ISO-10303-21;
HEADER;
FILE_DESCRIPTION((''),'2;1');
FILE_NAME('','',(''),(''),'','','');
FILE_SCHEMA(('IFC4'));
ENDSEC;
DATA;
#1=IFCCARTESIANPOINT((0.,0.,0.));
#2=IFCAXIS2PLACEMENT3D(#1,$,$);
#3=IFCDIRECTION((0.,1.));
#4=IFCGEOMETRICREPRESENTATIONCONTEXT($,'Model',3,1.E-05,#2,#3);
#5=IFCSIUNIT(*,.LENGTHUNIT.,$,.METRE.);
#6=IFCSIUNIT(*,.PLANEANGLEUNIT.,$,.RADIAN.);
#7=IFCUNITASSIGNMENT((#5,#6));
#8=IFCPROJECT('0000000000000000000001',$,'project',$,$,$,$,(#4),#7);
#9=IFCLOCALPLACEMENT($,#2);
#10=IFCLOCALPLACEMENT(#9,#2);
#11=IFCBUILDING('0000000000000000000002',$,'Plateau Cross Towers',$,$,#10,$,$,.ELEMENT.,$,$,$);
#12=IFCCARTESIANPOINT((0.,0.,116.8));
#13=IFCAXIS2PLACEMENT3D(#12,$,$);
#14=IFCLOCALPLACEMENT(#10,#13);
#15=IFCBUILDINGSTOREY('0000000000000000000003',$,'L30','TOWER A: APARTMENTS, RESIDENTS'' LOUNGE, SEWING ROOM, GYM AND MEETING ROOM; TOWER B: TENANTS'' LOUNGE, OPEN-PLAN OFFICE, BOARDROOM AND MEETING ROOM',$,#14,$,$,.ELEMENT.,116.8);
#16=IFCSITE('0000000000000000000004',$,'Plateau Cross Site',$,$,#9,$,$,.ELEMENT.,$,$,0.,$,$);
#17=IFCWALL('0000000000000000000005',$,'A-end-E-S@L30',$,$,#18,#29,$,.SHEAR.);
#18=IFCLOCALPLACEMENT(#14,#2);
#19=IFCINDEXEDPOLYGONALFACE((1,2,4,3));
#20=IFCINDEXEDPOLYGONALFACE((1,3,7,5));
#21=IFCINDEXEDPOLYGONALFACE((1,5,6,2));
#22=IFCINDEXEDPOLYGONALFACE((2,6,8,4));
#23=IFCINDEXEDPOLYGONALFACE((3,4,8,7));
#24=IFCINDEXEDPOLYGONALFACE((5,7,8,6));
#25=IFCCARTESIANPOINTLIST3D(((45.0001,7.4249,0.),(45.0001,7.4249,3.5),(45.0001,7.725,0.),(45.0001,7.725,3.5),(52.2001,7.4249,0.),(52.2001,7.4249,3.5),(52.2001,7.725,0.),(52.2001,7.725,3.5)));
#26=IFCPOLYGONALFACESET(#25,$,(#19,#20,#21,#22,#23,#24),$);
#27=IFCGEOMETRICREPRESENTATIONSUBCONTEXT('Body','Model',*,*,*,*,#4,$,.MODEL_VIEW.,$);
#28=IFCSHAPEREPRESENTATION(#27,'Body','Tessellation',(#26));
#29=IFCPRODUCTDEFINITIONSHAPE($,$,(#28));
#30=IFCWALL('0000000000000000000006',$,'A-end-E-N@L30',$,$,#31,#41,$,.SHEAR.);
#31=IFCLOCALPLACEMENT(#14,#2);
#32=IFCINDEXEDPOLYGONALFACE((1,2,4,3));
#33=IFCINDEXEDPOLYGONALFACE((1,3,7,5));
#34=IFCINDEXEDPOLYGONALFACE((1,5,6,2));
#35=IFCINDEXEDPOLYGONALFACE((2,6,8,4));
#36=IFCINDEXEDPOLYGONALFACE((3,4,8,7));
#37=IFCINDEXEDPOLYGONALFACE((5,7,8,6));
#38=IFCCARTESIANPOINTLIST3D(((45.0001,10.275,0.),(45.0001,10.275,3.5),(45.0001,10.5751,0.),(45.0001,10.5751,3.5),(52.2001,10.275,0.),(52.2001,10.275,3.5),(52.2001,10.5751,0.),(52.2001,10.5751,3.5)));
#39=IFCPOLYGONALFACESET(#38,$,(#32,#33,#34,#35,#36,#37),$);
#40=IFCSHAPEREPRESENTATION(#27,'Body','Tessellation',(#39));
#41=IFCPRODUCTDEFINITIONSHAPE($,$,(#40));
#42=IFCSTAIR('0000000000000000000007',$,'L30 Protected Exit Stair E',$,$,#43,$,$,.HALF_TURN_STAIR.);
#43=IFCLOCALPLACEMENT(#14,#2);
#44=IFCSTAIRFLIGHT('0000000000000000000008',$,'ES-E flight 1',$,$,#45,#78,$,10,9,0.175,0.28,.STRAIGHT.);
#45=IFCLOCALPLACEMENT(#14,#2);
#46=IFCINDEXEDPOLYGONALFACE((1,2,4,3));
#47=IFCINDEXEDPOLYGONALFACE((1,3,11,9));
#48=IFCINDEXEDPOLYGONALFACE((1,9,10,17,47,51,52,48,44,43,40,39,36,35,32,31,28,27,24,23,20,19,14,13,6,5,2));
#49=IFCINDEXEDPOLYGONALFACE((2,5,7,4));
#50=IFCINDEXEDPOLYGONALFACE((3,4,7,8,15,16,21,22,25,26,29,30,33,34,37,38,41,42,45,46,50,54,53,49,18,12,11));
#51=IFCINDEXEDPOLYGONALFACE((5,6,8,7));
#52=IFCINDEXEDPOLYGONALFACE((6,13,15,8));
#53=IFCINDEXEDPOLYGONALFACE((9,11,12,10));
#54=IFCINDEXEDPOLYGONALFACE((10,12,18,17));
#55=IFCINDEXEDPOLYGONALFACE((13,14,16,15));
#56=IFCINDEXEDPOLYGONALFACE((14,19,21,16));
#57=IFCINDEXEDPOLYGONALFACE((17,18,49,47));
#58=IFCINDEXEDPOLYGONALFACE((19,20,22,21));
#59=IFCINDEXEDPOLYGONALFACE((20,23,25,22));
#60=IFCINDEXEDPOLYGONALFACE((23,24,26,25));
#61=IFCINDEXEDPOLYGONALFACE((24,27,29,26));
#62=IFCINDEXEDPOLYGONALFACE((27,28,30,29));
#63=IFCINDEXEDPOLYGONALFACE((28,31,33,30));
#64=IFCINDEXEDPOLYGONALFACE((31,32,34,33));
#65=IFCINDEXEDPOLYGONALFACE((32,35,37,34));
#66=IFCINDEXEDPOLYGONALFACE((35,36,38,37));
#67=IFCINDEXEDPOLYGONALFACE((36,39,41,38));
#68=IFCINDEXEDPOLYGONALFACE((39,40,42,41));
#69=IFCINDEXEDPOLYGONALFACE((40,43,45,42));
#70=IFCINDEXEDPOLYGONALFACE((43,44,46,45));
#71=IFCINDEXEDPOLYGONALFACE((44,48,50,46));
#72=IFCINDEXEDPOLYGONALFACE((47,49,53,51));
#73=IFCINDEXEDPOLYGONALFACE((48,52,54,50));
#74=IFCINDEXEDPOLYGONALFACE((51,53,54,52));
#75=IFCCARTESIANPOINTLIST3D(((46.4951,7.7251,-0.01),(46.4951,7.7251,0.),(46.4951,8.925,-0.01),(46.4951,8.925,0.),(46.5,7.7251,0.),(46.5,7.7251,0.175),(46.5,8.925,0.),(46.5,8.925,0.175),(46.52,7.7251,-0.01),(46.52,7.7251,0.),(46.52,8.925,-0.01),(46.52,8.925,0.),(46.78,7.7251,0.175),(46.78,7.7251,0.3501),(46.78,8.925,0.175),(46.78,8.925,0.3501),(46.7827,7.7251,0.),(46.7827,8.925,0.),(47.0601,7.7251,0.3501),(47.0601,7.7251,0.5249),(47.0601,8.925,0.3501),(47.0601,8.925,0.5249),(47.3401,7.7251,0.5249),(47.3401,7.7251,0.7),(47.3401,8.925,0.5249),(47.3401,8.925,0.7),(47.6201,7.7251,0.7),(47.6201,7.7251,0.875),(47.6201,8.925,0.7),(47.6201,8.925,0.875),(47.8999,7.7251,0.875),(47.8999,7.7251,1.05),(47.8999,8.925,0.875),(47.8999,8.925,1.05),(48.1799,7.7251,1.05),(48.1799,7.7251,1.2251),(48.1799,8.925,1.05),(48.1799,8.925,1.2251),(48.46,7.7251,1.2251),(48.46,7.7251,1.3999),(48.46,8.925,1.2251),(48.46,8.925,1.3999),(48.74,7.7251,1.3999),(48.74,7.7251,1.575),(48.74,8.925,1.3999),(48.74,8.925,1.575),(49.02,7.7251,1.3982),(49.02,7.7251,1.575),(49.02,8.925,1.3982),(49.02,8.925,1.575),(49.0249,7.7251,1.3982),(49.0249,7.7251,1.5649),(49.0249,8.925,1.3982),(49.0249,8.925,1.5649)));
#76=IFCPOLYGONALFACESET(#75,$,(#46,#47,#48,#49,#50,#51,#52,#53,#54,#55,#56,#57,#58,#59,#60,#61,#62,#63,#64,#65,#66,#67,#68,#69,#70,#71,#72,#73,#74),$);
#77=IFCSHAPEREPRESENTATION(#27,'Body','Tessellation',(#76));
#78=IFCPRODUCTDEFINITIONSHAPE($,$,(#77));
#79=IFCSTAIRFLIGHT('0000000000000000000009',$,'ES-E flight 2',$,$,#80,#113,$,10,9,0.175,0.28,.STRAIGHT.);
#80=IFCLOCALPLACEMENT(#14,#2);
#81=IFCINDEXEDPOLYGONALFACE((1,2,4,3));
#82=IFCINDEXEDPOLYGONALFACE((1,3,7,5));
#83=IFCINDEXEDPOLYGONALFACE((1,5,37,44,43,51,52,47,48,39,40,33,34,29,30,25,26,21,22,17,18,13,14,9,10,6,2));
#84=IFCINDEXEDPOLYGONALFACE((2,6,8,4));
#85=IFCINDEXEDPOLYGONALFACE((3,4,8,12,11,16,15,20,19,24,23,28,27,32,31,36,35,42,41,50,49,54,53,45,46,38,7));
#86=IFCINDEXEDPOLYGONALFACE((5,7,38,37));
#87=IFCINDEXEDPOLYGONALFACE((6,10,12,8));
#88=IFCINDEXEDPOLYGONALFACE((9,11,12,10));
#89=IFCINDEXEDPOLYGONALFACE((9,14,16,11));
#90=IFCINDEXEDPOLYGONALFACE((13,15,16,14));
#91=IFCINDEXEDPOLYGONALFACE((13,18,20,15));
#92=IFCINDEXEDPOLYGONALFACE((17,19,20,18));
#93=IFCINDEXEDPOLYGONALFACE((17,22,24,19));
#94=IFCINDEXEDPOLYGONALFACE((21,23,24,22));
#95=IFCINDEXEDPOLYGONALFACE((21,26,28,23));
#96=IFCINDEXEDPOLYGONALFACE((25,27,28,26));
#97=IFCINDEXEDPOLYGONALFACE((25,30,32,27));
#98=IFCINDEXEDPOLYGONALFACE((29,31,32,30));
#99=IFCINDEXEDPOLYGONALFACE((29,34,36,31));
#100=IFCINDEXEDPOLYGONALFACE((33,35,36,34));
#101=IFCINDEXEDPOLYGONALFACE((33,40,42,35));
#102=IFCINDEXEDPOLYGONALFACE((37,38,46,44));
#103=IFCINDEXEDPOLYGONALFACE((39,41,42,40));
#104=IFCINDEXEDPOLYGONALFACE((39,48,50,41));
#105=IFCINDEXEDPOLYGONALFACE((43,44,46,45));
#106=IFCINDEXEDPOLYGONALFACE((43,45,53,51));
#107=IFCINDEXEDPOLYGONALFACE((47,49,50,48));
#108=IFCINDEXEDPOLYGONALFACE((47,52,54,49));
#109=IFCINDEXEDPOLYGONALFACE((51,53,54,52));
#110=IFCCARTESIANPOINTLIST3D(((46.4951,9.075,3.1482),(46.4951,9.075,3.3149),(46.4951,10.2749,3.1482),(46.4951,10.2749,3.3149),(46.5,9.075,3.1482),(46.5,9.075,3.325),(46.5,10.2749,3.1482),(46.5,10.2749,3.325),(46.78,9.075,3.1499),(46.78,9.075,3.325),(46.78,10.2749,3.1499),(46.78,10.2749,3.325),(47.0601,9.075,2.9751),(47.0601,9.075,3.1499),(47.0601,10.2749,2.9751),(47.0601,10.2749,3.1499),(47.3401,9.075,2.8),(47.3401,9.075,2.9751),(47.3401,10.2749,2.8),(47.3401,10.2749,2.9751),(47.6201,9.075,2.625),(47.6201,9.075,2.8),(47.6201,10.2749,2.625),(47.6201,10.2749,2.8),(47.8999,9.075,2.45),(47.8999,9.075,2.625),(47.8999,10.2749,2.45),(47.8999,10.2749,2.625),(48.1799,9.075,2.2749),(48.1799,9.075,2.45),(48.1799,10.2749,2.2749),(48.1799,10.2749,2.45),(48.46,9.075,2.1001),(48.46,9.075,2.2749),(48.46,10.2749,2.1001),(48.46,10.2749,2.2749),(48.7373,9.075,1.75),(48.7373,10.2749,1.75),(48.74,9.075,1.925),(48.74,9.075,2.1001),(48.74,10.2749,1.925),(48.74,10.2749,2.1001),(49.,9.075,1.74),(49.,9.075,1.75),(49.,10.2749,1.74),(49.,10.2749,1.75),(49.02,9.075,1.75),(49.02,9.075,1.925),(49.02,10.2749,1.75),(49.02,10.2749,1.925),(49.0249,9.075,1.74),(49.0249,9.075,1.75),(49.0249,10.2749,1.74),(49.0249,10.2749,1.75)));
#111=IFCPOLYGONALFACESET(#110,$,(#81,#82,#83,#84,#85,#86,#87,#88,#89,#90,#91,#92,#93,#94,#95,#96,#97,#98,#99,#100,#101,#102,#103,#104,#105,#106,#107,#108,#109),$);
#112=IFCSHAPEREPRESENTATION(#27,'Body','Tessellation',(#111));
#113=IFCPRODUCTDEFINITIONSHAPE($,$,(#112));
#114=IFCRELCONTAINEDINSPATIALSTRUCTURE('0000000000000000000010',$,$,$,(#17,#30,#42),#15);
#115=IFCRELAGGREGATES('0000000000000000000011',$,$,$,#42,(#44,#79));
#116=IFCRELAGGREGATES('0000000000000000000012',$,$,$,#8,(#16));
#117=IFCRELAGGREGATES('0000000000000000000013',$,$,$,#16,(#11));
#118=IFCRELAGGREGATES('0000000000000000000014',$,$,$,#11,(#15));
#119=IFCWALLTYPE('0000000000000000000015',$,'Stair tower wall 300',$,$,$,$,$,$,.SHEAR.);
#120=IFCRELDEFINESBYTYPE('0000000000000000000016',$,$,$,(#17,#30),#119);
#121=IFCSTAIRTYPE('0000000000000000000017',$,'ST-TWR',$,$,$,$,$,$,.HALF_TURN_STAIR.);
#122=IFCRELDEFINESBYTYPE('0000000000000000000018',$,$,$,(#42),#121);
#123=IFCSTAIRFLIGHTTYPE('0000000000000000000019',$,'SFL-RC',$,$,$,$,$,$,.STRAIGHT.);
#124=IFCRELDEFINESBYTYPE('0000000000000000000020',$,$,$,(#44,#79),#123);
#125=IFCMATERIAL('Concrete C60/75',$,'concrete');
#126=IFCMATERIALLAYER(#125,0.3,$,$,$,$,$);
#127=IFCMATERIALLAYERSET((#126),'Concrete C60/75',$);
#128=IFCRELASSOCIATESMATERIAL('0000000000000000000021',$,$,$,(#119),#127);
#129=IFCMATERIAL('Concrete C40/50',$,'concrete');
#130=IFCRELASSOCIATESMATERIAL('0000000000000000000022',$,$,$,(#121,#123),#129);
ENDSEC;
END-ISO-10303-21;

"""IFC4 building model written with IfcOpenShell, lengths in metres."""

from ifc_helpers import new_model, si_unit, direction, frame, frame_2d, origin, place, context, subcontext, project, spatial, polyline, rectangle, outline, extrude, material, layer, layer_set, type_object, element, aggregate, save


model = new_model("IFC4")

# Units and contexts
model_context = context("Model", 3, precision=1e-05, world=origin(), true_north=direction((0.0, 1.0)))
body_context = subcontext(model_context, "Body", "Model", "MODEL_VIEW")
ifc_project = project(units=[si_unit("LENGTHUNIT", "METRE"), si_unit("PLANEANGLEUNIT", "RADIAN")], contexts=[model_context])

# Site, building, storey
site_placement = place(None, origin())
site = spatial("IfcSite", under=ifc_project, at=site_placement, Name="Plateau Cross Site", CompositionType="ELEMENT", RefElevation=0.0)
building_placement = place(site_placement, origin())
building = spatial("IfcBuilding", under=site, at=building_placement, Name="Plateau Cross Towers", CompositionType="ELEMENT")
storey_placement = place(building_placement, frame((0.0, 0.0, 116.8)))
storey = spatial("IfcBuildingStorey", under=building, at=storey_placement, Name="L30", Description="TOWER A: APARTMENTS, RESIDENTS' LOUNGE, SEWING ROOM, GYM AND MEETING ROOM; TOWER B: TENANTS' LOUNGE, OPEN-PLAN OFFICE, BOARDROOM AND MEETING ROOM", CompositionType="ELEMENT", Elevation=116.8)

# Shared definitions
ifc_material_1 = material(Name="Concrete C60/75", Category="concrete")
ifc_layer_1 = layer(ifc_material_1, 0.3)
ifc_layer_set_1 = layer_set([ifc_layer_1], Name="Concrete C60/75")
wall_type_1 = type_object("IfcWallType", Name="Stair tower wall 300", PredefinedType="SHEAR", material=ifc_layer_set_1)

# Walls
for number, where, z_axis, x_axis, name in (
    (1, (45.0, 7.575, 0.0), (0.0, 0.0, 1.0), (1.0, 0.0, 0.0), "A-end-E-S@L30"),
    (2, (45.0, 10.425, 0.0), (0.0, 0.0, 1.0), (1.0, 0.0, 0.0), "A-end-E-N@L30"),
):
    element("IfcWall", number, at=place(storey_placement, frame(where, z_axis=z_axis, x_axis=x_axis)), inside=storey, type_object=wall_type_1, Name=name, PredefinedType="SHEAR", context=body_context, shape_type="SweptSolid", body=[
        extrude(rectangle(XDim=7.2, YDim=0.3, at=frame_2d((3.6001, 0.0))), origin(), (0.0, 0.0, 1.0), 3.5),
    ])

# Stair, stair flights
ifc_material_2 = material(Name="Concrete C40/50", Category="concrete")
stair_type = type_object("IfcStairType", Name="ST-TWR", PredefinedType="HALF_TURN_STAIR", material=ifc_material_2)
stair_placement = place(storey_placement, origin())
stair = element("IfcStair", 3, at=stair_placement, inside=storey, type_object=stair_type, Name="L30 Protected Exit Stair E", PredefinedType="HALF_TURN_STAIR")
stair_flight_type = type_object("IfcStairFlightType", Name="SFL-RC", PredefinedType="STRAIGHT", material=ifc_material_2)
stair_flight_1_placement = place(storey_placement, frame((46.5, 8.325, 0.0), z_axis=(0.0, 0.0, 1.0), x_axis=(1.0, 0.0, 0.0)))
stair_flight_1 = element("IfcStairFlight", 4, at=stair_flight_1_placement, type_object=stair_flight_type, Name="ES-E flight 1", NumberOfRisers=10, NumberOfTreads=9, PredefinedType="STRAIGHT", RiserHeight=0.175, TreadLength=0.28, context=body_context, shape_type="SweptSolid", body=[
    extrude(outline(polyline([(-0.0049, -0.01), (-0.0049, 0.0), (0.0, 0.0), (0.0, 0.175), (0.28, 0.175), (0.28, 0.3501), (0.5601, 0.3501), (0.5601, 0.5249), (0.8401, 0.5249), (0.8401, 0.7), (1.1201, 0.7), (1.1201, 0.875), (1.3999, 0.875), (1.3999, 1.05), (1.6799, 1.05), (1.6799, 1.2251), (1.96, 1.2251), (1.96, 1.3999), (2.24, 1.3999), (2.24, 1.575), (2.52, 1.575), (2.5249, 1.5649), (2.5249, 1.3982), (2.52, 1.3982), (0.2827, 0.0), (0.02, 0.0), (0.02, -0.01), (-0.0049, -0.01)])), frame((0.0, 0.6001, 0.0), z_axis=(0.0, -1.0, 0.0), x_axis=(1.0, 0.0, 0.0)), (0.0, 0.0, 1.0), 1.2),
])
stair_flight_2_placement = place(storey_placement, frame((49.02, 9.675, 1.75), z_axis=(0.0, 0.0, 1.0), x_axis=(-1.0, 0.0, 0.0)))
stair_flight_2 = element("IfcStairFlight", 5, at=stair_flight_2_placement, type_object=stair_flight_type, Name="ES-E flight 2", NumberOfRisers=10, NumberOfTreads=9, PredefinedType="STRAIGHT", RiserHeight=0.175, TreadLength=0.28, context=body_context, shape_type="SweptSolid", body=[
    extrude(outline(polyline([(-0.0049, -0.01), (-0.0049, 0.0), (0.0, 0.0), (0.0, 0.175), (0.28, 0.175), (0.28, 0.3501), (0.5601, 0.3501), (0.5601, 0.5249), (0.8401, 0.5249), (0.8401, 0.7), (1.1201, 0.7), (1.1201, 0.875), (1.3999, 0.875), (1.3999, 1.05), (1.6799, 1.05), (1.6799, 1.2251), (1.96, 1.2251), (1.96, 1.3999), (2.24, 1.3999), (2.24, 1.575), (2.52, 1.575), (2.5249, 1.5649), (2.5249, 1.3982), (2.52, 1.3982), (0.2827, 0.0), (0.02, 0.0), (0.02, -0.01), (-0.0049, -0.01)])), frame((0.0, 0.6001, 0.0), z_axis=(0.0, -1.0, 0.0), x_axis=(1.0, 0.0, 0.0)), (0.0, 0.0, 1.0), 1.2),
])
aggregate(stair, [stair_flight_1, stair_flight_2])

save(model, "model.ifc")
